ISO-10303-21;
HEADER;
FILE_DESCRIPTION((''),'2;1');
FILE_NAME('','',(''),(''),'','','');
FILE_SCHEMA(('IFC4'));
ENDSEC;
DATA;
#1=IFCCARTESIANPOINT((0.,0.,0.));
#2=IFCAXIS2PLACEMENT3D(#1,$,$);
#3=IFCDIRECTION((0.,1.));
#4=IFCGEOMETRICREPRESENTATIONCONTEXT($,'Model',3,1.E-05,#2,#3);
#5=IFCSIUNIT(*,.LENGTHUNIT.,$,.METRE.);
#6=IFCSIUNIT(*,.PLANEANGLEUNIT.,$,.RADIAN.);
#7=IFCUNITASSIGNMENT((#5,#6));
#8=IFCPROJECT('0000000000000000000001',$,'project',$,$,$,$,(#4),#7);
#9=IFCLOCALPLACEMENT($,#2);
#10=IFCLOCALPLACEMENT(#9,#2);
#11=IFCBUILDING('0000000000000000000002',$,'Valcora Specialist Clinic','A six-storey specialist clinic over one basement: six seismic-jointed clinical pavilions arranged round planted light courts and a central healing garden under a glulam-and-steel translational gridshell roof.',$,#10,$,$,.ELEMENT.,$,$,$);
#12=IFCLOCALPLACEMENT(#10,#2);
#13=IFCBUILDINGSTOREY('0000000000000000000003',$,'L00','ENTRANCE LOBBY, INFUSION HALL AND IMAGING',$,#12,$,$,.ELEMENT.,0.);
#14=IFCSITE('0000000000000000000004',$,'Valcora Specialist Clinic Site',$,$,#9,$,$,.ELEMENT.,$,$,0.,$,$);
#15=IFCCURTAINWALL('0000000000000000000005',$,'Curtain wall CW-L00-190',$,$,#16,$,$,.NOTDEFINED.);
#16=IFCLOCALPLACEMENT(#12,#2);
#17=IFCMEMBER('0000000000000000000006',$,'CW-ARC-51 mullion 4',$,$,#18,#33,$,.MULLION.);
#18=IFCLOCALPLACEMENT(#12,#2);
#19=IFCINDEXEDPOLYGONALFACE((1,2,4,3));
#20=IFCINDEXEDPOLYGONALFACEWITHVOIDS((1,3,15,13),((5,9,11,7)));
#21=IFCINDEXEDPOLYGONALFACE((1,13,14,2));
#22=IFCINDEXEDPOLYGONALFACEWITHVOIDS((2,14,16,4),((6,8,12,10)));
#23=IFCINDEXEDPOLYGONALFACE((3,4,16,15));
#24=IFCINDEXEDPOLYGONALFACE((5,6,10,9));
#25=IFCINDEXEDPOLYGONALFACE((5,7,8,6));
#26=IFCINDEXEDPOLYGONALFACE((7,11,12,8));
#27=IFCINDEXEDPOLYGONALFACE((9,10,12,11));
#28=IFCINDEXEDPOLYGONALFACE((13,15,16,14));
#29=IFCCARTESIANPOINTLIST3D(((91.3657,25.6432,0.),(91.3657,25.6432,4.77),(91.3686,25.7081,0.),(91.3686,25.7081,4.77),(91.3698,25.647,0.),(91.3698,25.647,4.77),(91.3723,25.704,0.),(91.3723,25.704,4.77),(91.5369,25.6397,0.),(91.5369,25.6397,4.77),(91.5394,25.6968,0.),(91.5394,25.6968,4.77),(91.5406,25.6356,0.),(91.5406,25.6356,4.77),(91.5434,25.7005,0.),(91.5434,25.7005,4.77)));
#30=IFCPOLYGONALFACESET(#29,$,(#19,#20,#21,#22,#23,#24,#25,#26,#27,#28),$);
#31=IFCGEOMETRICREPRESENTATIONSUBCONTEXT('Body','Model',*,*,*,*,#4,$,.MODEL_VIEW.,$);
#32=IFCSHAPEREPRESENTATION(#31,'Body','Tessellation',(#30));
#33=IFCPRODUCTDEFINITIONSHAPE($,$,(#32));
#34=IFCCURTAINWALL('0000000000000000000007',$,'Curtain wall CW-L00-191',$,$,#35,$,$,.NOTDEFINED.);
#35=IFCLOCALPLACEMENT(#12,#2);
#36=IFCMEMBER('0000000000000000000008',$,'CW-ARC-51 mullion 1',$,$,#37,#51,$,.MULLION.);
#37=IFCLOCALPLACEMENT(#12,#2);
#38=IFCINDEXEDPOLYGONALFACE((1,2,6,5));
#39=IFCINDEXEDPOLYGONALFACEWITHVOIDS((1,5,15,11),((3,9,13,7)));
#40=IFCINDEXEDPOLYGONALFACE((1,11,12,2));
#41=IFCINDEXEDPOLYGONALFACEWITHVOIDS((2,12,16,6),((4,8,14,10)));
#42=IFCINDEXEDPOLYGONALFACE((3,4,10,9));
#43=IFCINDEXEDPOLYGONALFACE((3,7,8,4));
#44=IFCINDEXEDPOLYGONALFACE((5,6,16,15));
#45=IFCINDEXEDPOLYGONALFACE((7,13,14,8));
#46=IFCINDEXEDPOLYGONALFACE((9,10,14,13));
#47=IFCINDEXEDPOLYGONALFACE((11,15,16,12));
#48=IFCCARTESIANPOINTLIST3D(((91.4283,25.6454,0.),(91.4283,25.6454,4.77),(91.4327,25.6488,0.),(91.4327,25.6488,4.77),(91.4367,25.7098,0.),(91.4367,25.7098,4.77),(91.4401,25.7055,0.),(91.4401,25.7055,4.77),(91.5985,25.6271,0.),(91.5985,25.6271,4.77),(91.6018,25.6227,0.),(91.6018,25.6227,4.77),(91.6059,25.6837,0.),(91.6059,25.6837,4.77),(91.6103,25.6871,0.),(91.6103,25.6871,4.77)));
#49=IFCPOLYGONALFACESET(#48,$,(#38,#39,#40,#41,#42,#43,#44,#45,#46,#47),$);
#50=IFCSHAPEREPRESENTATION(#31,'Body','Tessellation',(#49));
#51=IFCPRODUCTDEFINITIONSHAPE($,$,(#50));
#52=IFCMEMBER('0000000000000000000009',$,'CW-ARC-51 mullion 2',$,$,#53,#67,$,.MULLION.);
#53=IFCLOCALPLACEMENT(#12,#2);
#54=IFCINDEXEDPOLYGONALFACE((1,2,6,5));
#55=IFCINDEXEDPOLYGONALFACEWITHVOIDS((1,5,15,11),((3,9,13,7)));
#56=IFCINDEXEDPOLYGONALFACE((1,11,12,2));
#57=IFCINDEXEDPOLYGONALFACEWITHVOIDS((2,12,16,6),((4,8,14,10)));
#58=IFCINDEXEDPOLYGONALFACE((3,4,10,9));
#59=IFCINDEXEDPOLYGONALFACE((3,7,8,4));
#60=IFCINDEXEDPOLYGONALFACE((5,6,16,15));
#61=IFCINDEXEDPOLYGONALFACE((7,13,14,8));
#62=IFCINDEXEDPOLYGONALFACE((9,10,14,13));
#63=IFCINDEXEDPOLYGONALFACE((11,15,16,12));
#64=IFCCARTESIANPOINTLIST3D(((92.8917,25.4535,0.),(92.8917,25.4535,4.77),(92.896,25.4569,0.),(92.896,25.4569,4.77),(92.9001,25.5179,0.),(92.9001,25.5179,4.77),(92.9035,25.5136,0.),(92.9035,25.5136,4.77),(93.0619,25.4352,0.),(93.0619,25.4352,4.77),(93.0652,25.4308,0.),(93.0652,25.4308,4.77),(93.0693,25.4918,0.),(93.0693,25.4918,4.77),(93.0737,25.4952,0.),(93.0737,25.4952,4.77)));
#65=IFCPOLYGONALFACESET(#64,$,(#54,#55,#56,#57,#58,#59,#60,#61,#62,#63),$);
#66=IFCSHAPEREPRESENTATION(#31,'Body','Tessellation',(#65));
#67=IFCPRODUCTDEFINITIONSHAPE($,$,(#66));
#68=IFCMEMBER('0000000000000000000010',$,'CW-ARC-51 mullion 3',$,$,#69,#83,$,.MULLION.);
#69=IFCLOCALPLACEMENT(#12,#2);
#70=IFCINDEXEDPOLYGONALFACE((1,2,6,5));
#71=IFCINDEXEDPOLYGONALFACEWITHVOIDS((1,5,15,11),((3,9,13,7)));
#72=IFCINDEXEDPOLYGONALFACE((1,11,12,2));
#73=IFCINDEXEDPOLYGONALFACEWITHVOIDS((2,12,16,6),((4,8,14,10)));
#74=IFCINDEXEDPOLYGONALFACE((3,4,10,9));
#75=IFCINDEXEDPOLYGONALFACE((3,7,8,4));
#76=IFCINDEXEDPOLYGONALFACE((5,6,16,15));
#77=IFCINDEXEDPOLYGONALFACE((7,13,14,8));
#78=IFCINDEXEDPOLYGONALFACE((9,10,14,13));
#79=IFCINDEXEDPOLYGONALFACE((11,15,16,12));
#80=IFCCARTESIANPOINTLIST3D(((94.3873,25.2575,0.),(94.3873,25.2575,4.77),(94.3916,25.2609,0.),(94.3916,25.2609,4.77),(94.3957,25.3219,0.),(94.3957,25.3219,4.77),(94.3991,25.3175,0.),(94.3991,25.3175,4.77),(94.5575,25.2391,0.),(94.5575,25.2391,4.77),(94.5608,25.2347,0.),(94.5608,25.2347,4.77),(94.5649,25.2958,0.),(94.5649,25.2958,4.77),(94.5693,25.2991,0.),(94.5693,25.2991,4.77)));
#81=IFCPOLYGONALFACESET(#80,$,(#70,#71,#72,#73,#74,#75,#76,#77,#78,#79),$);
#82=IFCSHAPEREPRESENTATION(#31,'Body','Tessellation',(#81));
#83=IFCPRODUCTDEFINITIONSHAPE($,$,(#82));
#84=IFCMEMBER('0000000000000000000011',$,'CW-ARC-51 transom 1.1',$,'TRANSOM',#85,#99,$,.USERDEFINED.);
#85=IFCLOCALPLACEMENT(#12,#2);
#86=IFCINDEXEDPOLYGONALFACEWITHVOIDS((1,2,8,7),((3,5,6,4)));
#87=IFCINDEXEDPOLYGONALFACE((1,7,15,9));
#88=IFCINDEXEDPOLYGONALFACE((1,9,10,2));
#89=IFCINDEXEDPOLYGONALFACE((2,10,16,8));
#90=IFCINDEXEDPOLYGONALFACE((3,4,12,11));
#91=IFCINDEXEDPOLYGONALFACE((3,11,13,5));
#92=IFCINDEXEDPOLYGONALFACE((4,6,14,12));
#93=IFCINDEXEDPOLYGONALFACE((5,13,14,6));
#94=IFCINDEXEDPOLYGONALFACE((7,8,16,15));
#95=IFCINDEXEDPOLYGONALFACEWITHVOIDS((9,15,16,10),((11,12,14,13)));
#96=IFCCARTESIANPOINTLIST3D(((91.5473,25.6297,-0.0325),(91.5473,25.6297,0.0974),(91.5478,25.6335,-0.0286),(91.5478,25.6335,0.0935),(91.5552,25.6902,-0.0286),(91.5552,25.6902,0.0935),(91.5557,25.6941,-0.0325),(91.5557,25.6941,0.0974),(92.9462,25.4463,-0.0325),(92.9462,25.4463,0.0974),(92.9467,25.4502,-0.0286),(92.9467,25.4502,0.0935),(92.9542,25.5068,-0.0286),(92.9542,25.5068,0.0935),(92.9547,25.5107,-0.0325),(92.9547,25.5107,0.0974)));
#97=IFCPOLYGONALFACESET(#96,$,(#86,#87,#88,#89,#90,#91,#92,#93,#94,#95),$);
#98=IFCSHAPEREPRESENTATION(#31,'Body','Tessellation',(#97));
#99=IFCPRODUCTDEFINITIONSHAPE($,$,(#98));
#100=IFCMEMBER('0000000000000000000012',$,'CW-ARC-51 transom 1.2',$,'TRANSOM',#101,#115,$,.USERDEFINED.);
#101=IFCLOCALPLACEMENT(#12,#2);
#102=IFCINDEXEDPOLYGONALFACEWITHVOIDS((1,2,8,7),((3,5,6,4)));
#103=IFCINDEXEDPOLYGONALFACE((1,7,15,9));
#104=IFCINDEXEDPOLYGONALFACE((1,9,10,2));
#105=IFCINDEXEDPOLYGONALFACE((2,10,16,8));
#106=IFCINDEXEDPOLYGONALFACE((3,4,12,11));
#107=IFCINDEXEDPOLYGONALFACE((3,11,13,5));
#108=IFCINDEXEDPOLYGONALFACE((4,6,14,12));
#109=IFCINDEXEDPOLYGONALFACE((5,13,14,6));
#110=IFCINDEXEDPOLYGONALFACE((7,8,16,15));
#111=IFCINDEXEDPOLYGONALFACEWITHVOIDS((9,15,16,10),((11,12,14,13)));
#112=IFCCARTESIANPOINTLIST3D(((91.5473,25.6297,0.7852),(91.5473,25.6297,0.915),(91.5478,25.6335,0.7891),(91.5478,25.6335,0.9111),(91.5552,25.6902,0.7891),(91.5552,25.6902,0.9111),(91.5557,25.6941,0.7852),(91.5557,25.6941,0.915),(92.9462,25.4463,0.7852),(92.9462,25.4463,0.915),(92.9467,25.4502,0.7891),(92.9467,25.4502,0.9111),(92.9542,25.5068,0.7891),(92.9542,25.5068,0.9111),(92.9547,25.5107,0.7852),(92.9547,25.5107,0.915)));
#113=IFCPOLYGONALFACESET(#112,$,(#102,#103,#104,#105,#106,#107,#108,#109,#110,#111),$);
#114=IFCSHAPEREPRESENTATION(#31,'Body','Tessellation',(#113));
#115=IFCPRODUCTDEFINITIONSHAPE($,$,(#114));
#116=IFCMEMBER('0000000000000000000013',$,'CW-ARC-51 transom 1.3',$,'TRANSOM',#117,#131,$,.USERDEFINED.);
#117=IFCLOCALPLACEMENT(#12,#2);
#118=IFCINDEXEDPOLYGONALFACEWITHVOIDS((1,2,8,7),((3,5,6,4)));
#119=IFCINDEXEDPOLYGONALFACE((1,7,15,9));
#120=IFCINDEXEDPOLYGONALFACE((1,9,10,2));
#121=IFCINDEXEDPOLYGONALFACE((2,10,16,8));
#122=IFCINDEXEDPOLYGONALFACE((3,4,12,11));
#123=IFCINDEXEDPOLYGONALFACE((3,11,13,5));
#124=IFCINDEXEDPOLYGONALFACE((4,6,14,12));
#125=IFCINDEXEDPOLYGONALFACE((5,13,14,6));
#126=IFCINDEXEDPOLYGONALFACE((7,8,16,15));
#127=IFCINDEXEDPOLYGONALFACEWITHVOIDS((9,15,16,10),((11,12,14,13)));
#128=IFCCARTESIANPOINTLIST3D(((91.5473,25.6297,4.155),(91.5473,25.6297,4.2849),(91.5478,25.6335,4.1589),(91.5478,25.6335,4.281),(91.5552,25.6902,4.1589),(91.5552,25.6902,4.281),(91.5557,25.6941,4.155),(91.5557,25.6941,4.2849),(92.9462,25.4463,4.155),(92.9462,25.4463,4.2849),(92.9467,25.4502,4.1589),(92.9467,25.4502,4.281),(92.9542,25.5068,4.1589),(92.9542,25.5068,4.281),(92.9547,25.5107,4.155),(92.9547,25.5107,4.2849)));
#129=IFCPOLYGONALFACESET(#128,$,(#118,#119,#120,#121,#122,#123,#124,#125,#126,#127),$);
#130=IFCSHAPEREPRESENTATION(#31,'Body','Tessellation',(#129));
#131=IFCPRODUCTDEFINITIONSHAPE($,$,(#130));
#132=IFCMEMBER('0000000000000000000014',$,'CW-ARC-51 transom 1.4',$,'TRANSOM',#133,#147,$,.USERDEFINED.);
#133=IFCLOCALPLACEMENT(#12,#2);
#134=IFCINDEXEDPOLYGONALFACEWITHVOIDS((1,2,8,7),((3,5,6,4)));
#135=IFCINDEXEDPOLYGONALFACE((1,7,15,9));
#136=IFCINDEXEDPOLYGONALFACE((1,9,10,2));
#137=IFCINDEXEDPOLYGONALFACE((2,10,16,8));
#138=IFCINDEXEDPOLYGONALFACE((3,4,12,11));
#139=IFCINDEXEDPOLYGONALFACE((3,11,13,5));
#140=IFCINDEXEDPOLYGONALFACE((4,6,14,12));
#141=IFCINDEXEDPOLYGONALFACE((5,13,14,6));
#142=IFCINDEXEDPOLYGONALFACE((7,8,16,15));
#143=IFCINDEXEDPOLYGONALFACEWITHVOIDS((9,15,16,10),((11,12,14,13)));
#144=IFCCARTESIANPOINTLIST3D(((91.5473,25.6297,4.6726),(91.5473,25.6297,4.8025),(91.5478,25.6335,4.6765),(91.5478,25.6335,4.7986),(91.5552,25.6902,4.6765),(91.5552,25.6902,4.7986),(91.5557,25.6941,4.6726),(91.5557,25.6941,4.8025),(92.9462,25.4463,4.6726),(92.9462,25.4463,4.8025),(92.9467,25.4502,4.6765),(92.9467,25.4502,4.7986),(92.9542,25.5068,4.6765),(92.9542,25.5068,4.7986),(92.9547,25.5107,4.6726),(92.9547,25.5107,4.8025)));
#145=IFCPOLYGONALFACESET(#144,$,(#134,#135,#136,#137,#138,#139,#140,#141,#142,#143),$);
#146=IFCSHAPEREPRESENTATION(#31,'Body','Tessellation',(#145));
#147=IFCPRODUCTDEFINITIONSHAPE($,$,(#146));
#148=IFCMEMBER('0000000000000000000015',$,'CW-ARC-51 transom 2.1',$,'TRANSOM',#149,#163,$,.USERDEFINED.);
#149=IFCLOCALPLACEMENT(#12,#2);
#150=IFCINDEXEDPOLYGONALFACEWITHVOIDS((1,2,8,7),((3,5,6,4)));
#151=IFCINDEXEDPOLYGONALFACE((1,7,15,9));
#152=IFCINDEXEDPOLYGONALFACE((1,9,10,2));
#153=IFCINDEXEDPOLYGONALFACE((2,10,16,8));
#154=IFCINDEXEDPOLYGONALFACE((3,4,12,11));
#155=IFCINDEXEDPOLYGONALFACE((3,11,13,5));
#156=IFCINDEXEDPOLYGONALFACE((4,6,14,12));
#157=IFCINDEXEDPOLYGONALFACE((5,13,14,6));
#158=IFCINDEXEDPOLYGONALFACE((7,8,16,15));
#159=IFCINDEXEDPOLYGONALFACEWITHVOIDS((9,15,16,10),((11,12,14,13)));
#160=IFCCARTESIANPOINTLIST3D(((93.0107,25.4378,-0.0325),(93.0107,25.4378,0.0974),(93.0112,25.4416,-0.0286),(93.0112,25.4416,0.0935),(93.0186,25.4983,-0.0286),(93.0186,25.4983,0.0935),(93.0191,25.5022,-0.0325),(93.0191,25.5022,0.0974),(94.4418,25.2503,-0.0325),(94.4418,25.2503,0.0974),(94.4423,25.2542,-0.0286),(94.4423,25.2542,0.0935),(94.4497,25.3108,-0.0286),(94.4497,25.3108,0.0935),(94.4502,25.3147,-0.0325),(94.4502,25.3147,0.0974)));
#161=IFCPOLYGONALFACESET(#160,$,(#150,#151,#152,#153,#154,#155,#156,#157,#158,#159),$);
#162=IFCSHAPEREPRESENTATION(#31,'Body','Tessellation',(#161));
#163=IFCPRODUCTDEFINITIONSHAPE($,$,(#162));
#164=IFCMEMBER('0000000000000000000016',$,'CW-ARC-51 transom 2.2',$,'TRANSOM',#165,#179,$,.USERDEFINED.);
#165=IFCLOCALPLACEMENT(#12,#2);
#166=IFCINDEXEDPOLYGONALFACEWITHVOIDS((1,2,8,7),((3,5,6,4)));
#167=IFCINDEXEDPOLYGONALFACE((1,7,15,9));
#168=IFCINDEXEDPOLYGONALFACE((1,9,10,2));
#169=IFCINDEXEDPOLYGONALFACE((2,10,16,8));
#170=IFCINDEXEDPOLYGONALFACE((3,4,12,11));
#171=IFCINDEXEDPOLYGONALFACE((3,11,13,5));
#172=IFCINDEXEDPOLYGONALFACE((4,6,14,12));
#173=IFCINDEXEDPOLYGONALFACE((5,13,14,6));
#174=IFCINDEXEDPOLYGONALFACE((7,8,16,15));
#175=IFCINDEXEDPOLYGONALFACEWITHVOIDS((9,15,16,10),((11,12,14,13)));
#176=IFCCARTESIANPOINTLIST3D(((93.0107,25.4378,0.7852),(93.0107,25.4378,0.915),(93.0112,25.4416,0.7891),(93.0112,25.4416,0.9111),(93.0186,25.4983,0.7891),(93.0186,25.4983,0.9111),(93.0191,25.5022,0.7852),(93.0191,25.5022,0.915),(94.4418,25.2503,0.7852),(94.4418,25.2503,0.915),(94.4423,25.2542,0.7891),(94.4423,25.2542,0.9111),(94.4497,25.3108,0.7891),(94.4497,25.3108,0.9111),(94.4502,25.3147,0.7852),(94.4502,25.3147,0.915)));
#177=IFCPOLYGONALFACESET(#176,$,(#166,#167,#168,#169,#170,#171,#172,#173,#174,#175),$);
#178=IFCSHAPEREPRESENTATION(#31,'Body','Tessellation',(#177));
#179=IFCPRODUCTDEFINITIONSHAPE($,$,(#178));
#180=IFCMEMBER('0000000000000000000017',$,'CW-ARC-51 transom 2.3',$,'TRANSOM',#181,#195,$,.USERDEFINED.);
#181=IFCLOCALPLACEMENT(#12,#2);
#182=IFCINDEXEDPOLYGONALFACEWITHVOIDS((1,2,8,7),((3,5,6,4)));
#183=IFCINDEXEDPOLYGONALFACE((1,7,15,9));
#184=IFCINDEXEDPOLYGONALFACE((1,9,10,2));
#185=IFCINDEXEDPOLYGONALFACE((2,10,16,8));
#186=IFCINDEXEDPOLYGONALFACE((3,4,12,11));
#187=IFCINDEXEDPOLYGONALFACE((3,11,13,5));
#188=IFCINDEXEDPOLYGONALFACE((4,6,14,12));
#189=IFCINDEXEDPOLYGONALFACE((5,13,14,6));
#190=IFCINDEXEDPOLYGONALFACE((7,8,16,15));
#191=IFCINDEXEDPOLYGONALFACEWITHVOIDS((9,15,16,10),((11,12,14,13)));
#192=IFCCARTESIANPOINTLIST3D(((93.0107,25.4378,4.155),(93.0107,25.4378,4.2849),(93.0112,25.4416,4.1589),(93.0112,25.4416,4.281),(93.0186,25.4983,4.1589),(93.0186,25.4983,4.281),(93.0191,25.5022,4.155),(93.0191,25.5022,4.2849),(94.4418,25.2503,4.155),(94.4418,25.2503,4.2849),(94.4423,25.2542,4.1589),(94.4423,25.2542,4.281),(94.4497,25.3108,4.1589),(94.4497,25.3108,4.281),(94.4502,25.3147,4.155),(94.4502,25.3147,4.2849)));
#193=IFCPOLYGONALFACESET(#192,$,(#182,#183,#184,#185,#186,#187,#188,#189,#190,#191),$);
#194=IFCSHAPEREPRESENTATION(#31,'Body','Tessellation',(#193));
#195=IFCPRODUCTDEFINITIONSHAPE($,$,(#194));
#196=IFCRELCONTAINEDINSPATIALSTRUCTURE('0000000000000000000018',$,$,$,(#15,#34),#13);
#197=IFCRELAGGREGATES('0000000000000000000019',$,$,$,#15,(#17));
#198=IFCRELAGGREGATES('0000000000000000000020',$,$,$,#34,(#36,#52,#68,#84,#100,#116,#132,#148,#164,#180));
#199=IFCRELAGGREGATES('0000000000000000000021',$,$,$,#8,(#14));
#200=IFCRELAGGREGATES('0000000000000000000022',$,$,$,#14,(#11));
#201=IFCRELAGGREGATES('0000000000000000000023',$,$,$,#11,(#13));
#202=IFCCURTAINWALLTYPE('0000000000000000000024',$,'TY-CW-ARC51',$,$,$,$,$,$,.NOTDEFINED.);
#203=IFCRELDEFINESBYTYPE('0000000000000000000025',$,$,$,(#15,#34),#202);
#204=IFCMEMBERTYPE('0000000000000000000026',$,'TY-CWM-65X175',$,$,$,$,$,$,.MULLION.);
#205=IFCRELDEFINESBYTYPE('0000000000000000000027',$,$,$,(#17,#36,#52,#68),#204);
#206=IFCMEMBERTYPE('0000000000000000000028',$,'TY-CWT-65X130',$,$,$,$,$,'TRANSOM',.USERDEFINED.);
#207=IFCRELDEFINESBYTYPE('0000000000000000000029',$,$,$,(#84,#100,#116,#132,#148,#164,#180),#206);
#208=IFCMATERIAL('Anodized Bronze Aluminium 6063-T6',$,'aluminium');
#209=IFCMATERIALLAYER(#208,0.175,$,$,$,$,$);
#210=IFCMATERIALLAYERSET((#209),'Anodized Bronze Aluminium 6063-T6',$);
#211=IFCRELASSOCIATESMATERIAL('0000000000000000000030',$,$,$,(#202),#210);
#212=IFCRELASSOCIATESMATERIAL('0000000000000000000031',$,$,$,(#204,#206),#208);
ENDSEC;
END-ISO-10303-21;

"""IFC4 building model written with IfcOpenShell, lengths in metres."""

from ifc_helpers import new_model, si_unit, direction, frame, origin, origin_2d, place, context, subcontext, project, spatial, hollow_rectangle, extrude, material, layer, layer_set, material_profile, profile_set, type_object, element, aggregate, save


model = new_model("IFC4")

# Units and contexts
model_context = context("Model", 3, precision=1e-05, world=origin(), true_north=direction((0.0, 1.0)))
body_context = subcontext(model_context, "Body", "Model", "MODEL_VIEW")
ifc_project = project(units=[si_unit("LENGTHUNIT", "METRE"), si_unit("PLANEANGLEUNIT", "RADIAN")], contexts=[model_context])

# Site, building, storey
site_placement = place(None, origin())
site = spatial("IfcSite", under=ifc_project, at=site_placement, Name="Valcora Specialist Clinic Site", CompositionType="ELEMENT", RefElevation=0.0)
building_placement = place(site_placement, origin())
building = spatial("IfcBuilding", under=site, at=building_placement, Name="Valcora Specialist Clinic", Description="A six-storey specialist clinic over one basement: six seismic-jointed clinical pavilions arranged round planted light courts and a central healing garden under a glulam-and-steel translational gridshell roof.", CompositionType="ELEMENT")
storey_placement = place(building_placement, origin())
storey = spatial("IfcBuildingStorey", under=building, at=storey_placement, Name="L00", Description="ENTRANCE LOBBY, INFUSION HALL AND IMAGING", CompositionType="ELEMENT", Elevation=0.0)

# Curtain wall, member
ifc_material_1 = material(Name="Anodized Bronze Aluminium 6063-T6", Category="aluminium")
ifc_layer_1 = layer(ifc_material_1, 0.175)
ifc_layer_set_1 = layer_set([ifc_layer_1], Name="Anodized Bronze Aluminium 6063-T6")
curtain_wall_type = type_object("IfcCurtainWallType", Name="TY-CW-ARC51", PredefinedType="NOTDEFINED", material=ifc_layer_set_1)
curtain_wall_1_placement = place(storey_placement, origin())
curtain_wall_1 = element("IfcCurtainWall", 1, at=curtain_wall_1_placement, inside=storey, type_object=curtain_wall_type, Name="Curtain wall CW-L00-190", PredefinedType="NOTDEFINED")
ifc_material_profile_1 = material_profile(ifc_material_1, hollow_rectangle(XDim=0.0649, YDim=0.175, WallThickness=0.0039, at=origin_2d()), Name="AL-MUL-65X175")
ifc_profile_set_1 = profile_set([ifc_material_profile_1], Name="Anodized Bronze Aluminium 6063-T6")
member_type_1 = type_object("IfcMemberType", Name="TY-CWM-65X175", PredefinedType="MULLION", material=ifc_profile_set_1)
member_1_placement = place(storey_placement, frame((91.4546, 25.6719, 0.0), z_axis=(0.0, 0.0, 1.0), x_axis=(0.043307, 0.999062, 0.0)))
member_1 = element("IfcMember", 2, at=member_1_placement, type_object=member_type_1, Name="CW-ARC-51 mullion 4", PredefinedType="MULLION", context=body_context, shape_type="SweptSolid", body=[
    extrude(hollow_rectangle(XDim=0.0649, YDim=0.175, WallThickness=0.0039, at=origin_2d()), origin(), (0.0, 0.0, 1.0), 4.77),
])

# Curtain wall, members
curtain_wall_2_placement = place(storey_placement, origin())
curtain_wall_2 = element("IfcCurtainWall", 3, at=curtain_wall_2_placement, inside=storey, type_object=curtain_wall_type, Name="Curtain wall CW-L00-191", PredefinedType="NOTDEFINED")
member_2_placement = place(storey_placement, frame((91.5193, 25.6663, 0.0), z_axis=(0.0, 0.0, 1.0), x_axis=(0.129999, 0.991514, 0.0)))
member_2 = element("IfcMember", 4, at=member_2_placement, type_object=member_type_1, Name="CW-ARC-51 mullion 1", PredefinedType="MULLION", context=body_context, shape_type="SweptSolid", body=[
    extrude(hollow_rectangle(XDim=0.0649, YDim=0.175, WallThickness=0.0039, at=origin_2d()), origin(), (0.0, 0.0, 1.0), 4.77),
])
member_3_placement = place(storey_placement, frame((92.9827, 25.4744, 0.0), z_axis=(0.0, 0.0, 1.0), x_axis=(0.129999, 0.991514, 0.0)))
member_3 = element("IfcMember", 5, at=member_3_placement, type_object=member_type_1, Name="CW-ARC-51 mullion 2", PredefinedType="MULLION", context=body_context, shape_type="SweptSolid", body=[
    extrude(hollow_rectangle(XDim=0.0649, YDim=0.175, WallThickness=0.0039, at=origin_2d()), origin(), (0.0, 0.0, 1.0), 4.77),
])
member_4_placement = place(storey_placement, frame((94.4783, 25.2783, 0.0), z_axis=(0.0, 0.0, 1.0), x_axis=(0.129999, 0.991514, 0.0)))
member_4 = element("IfcMember", 6, at=member_4_placement, type_object=member_type_1, Name="CW-ARC-51 mullion 3", PredefinedType="MULLION", context=body_context, shape_type="SweptSolid", body=[
    extrude(hollow_rectangle(XDim=0.0649, YDim=0.175, WallThickness=0.0039, at=origin_2d()), origin(), (0.0, 0.0, 1.0), 4.77),
])
ifc_material_profile_2 = material_profile(ifc_material_1, hollow_rectangle(XDim=0.0649, YDim=0.1299, WallThickness=0.0039, at=origin_2d()), Name="AL-TRN-65X130")
ifc_profile_set_2 = profile_set([ifc_material_profile_2], Name="Anodized Bronze Aluminium 6063-T6")
member_type_2 = type_object("IfcMemberType", Name="TY-CWT-65X130", ElementType="TRANSOM", PredefinedType="USERDEFINED", material=ifc_profile_set_2)
member_5_placement = place(storey_placement, frame((91.5515, 25.6619, 0.0325), z_axis=(0.99152, -0.129953, 0.0), x_axis=(0.129953, 0.99152, 0.0)))
member_5 = element("IfcMember", 7, at=member_5_placement, type_object=member_type_2, Name="CW-ARC-51 transom 1.1", ObjectType="TRANSOM", PredefinedType="USERDEFINED", context=body_context, shape_type="SweptSolid", body=[
    extrude(hollow_rectangle(XDim=0.0649, YDim=0.1299, WallThickness=0.0039, at=origin_2d()), origin(), (0.0, 0.0, 1.0), 1.4109),
])
member_6_placement = place(storey_placement, frame((91.5515, 25.6619, 0.8501), z_axis=(0.99152, -0.129953, 0.0), x_axis=(0.129953, 0.99152, 0.0)))
member_6 = element("IfcMember", 8, at=member_6_placement, type_object=member_type_2, Name="CW-ARC-51 transom 1.2", ObjectType="TRANSOM", PredefinedType="USERDEFINED", context=body_context, shape_type="SweptSolid", body=[
    extrude(hollow_rectangle(XDim=0.0649, YDim=0.1299, WallThickness=0.0039, at=origin_2d()), origin(), (0.0, 0.0, 1.0), 1.4109),
])
member_7_placement = place(storey_placement, frame((91.5515, 25.6619, 4.22), z_axis=(0.99152, -0.129953, 0.0), x_axis=(0.129953, 0.99152, 0.0)))
member_7 = element("IfcMember", 9, at=member_7_placement, type_object=member_type_2, Name="CW-ARC-51 transom 1.3", ObjectType="TRANSOM", PredefinedType="USERDEFINED", context=body_context, shape_type="SweptSolid", body=[
    extrude(hollow_rectangle(XDim=0.0649, YDim=0.1299, WallThickness=0.0039, at=origin_2d()), origin(), (0.0, 0.0, 1.0), 1.4109),
])
member_8_placement = place(storey_placement, frame((91.5515, 25.6619, 4.7375), z_axis=(0.99152, -0.129953, 0.0), x_axis=(0.129953, 0.99152, 0.0)))
member_8 = element("IfcMember", 10, at=member_8_placement, type_object=member_type_2, Name="CW-ARC-51 transom 1.4", ObjectType="TRANSOM", PredefinedType="USERDEFINED", context=body_context, shape_type="SweptSolid", body=[
    extrude(hollow_rectangle(XDim=0.0649, YDim=0.1299, WallThickness=0.0039, at=origin_2d()), origin(), (0.0, 0.0, 1.0), 1.4109),
])
member_9_placement = place(storey_placement, frame((93.0149, 25.47, 0.0325), z_axis=(0.991527, -0.129903, 0.0), x_axis=(0.129903, 0.991527, 0.0)))
member_9 = element("IfcMember", 11, at=member_9_placement, type_object=member_type_2, Name="CW-ARC-51 transom 2.1", ObjectType="TRANSOM", PredefinedType="USERDEFINED", context=body_context, shape_type="SweptSolid", body=[
    extrude(hollow_rectangle(XDim=0.0649, YDim=0.1299, WallThickness=0.0039, at=origin_2d()), origin(), (0.0, 0.0, 1.0), 1.4434),
])
member_10_placement = place(storey_placement, frame((93.0149, 25.47, 0.8501), z_axis=(0.991527, -0.129903, 0.0), x_axis=(0.129903, 0.991527, 0.0)))
member_10 = element("IfcMember", 12, at=member_10_placement, type_object=member_type_2, Name="CW-ARC-51 transom 2.2", ObjectType="TRANSOM", PredefinedType="USERDEFINED", context=body_context, shape_type="SweptSolid", body=[
    extrude(hollow_rectangle(XDim=0.0649, YDim=0.1299, WallThickness=0.0039, at=origin_2d()), origin(), (0.0, 0.0, 1.0), 1.4434),
])
member_11_placement = place(storey_placement, frame((93.0149, 25.47, 4.22), z_axis=(0.991527, -0.129903, 0.0), x_axis=(0.129903, 0.991527, 0.0)))
member_11 = element("IfcMember", 13, at=member_11_placement, type_object=member_type_2, Name="CW-ARC-51 transom 2.3", ObjectType="TRANSOM", PredefinedType="USERDEFINED", context=body_context, shape_type="SweptSolid", body=[
    extrude(hollow_rectangle(XDim=0.0649, YDim=0.1299, WallThickness=0.0039, at=origin_2d()), origin(), (0.0, 0.0, 1.0), 1.4434),
])

aggregate(curtain_wall_1, [member_1])
aggregate(curtain_wall_2, [member_2, member_3, member_4, member_5, member_6, member_7, member_8, member_9, member_10, member_11])

save(model, "model.ifc")
